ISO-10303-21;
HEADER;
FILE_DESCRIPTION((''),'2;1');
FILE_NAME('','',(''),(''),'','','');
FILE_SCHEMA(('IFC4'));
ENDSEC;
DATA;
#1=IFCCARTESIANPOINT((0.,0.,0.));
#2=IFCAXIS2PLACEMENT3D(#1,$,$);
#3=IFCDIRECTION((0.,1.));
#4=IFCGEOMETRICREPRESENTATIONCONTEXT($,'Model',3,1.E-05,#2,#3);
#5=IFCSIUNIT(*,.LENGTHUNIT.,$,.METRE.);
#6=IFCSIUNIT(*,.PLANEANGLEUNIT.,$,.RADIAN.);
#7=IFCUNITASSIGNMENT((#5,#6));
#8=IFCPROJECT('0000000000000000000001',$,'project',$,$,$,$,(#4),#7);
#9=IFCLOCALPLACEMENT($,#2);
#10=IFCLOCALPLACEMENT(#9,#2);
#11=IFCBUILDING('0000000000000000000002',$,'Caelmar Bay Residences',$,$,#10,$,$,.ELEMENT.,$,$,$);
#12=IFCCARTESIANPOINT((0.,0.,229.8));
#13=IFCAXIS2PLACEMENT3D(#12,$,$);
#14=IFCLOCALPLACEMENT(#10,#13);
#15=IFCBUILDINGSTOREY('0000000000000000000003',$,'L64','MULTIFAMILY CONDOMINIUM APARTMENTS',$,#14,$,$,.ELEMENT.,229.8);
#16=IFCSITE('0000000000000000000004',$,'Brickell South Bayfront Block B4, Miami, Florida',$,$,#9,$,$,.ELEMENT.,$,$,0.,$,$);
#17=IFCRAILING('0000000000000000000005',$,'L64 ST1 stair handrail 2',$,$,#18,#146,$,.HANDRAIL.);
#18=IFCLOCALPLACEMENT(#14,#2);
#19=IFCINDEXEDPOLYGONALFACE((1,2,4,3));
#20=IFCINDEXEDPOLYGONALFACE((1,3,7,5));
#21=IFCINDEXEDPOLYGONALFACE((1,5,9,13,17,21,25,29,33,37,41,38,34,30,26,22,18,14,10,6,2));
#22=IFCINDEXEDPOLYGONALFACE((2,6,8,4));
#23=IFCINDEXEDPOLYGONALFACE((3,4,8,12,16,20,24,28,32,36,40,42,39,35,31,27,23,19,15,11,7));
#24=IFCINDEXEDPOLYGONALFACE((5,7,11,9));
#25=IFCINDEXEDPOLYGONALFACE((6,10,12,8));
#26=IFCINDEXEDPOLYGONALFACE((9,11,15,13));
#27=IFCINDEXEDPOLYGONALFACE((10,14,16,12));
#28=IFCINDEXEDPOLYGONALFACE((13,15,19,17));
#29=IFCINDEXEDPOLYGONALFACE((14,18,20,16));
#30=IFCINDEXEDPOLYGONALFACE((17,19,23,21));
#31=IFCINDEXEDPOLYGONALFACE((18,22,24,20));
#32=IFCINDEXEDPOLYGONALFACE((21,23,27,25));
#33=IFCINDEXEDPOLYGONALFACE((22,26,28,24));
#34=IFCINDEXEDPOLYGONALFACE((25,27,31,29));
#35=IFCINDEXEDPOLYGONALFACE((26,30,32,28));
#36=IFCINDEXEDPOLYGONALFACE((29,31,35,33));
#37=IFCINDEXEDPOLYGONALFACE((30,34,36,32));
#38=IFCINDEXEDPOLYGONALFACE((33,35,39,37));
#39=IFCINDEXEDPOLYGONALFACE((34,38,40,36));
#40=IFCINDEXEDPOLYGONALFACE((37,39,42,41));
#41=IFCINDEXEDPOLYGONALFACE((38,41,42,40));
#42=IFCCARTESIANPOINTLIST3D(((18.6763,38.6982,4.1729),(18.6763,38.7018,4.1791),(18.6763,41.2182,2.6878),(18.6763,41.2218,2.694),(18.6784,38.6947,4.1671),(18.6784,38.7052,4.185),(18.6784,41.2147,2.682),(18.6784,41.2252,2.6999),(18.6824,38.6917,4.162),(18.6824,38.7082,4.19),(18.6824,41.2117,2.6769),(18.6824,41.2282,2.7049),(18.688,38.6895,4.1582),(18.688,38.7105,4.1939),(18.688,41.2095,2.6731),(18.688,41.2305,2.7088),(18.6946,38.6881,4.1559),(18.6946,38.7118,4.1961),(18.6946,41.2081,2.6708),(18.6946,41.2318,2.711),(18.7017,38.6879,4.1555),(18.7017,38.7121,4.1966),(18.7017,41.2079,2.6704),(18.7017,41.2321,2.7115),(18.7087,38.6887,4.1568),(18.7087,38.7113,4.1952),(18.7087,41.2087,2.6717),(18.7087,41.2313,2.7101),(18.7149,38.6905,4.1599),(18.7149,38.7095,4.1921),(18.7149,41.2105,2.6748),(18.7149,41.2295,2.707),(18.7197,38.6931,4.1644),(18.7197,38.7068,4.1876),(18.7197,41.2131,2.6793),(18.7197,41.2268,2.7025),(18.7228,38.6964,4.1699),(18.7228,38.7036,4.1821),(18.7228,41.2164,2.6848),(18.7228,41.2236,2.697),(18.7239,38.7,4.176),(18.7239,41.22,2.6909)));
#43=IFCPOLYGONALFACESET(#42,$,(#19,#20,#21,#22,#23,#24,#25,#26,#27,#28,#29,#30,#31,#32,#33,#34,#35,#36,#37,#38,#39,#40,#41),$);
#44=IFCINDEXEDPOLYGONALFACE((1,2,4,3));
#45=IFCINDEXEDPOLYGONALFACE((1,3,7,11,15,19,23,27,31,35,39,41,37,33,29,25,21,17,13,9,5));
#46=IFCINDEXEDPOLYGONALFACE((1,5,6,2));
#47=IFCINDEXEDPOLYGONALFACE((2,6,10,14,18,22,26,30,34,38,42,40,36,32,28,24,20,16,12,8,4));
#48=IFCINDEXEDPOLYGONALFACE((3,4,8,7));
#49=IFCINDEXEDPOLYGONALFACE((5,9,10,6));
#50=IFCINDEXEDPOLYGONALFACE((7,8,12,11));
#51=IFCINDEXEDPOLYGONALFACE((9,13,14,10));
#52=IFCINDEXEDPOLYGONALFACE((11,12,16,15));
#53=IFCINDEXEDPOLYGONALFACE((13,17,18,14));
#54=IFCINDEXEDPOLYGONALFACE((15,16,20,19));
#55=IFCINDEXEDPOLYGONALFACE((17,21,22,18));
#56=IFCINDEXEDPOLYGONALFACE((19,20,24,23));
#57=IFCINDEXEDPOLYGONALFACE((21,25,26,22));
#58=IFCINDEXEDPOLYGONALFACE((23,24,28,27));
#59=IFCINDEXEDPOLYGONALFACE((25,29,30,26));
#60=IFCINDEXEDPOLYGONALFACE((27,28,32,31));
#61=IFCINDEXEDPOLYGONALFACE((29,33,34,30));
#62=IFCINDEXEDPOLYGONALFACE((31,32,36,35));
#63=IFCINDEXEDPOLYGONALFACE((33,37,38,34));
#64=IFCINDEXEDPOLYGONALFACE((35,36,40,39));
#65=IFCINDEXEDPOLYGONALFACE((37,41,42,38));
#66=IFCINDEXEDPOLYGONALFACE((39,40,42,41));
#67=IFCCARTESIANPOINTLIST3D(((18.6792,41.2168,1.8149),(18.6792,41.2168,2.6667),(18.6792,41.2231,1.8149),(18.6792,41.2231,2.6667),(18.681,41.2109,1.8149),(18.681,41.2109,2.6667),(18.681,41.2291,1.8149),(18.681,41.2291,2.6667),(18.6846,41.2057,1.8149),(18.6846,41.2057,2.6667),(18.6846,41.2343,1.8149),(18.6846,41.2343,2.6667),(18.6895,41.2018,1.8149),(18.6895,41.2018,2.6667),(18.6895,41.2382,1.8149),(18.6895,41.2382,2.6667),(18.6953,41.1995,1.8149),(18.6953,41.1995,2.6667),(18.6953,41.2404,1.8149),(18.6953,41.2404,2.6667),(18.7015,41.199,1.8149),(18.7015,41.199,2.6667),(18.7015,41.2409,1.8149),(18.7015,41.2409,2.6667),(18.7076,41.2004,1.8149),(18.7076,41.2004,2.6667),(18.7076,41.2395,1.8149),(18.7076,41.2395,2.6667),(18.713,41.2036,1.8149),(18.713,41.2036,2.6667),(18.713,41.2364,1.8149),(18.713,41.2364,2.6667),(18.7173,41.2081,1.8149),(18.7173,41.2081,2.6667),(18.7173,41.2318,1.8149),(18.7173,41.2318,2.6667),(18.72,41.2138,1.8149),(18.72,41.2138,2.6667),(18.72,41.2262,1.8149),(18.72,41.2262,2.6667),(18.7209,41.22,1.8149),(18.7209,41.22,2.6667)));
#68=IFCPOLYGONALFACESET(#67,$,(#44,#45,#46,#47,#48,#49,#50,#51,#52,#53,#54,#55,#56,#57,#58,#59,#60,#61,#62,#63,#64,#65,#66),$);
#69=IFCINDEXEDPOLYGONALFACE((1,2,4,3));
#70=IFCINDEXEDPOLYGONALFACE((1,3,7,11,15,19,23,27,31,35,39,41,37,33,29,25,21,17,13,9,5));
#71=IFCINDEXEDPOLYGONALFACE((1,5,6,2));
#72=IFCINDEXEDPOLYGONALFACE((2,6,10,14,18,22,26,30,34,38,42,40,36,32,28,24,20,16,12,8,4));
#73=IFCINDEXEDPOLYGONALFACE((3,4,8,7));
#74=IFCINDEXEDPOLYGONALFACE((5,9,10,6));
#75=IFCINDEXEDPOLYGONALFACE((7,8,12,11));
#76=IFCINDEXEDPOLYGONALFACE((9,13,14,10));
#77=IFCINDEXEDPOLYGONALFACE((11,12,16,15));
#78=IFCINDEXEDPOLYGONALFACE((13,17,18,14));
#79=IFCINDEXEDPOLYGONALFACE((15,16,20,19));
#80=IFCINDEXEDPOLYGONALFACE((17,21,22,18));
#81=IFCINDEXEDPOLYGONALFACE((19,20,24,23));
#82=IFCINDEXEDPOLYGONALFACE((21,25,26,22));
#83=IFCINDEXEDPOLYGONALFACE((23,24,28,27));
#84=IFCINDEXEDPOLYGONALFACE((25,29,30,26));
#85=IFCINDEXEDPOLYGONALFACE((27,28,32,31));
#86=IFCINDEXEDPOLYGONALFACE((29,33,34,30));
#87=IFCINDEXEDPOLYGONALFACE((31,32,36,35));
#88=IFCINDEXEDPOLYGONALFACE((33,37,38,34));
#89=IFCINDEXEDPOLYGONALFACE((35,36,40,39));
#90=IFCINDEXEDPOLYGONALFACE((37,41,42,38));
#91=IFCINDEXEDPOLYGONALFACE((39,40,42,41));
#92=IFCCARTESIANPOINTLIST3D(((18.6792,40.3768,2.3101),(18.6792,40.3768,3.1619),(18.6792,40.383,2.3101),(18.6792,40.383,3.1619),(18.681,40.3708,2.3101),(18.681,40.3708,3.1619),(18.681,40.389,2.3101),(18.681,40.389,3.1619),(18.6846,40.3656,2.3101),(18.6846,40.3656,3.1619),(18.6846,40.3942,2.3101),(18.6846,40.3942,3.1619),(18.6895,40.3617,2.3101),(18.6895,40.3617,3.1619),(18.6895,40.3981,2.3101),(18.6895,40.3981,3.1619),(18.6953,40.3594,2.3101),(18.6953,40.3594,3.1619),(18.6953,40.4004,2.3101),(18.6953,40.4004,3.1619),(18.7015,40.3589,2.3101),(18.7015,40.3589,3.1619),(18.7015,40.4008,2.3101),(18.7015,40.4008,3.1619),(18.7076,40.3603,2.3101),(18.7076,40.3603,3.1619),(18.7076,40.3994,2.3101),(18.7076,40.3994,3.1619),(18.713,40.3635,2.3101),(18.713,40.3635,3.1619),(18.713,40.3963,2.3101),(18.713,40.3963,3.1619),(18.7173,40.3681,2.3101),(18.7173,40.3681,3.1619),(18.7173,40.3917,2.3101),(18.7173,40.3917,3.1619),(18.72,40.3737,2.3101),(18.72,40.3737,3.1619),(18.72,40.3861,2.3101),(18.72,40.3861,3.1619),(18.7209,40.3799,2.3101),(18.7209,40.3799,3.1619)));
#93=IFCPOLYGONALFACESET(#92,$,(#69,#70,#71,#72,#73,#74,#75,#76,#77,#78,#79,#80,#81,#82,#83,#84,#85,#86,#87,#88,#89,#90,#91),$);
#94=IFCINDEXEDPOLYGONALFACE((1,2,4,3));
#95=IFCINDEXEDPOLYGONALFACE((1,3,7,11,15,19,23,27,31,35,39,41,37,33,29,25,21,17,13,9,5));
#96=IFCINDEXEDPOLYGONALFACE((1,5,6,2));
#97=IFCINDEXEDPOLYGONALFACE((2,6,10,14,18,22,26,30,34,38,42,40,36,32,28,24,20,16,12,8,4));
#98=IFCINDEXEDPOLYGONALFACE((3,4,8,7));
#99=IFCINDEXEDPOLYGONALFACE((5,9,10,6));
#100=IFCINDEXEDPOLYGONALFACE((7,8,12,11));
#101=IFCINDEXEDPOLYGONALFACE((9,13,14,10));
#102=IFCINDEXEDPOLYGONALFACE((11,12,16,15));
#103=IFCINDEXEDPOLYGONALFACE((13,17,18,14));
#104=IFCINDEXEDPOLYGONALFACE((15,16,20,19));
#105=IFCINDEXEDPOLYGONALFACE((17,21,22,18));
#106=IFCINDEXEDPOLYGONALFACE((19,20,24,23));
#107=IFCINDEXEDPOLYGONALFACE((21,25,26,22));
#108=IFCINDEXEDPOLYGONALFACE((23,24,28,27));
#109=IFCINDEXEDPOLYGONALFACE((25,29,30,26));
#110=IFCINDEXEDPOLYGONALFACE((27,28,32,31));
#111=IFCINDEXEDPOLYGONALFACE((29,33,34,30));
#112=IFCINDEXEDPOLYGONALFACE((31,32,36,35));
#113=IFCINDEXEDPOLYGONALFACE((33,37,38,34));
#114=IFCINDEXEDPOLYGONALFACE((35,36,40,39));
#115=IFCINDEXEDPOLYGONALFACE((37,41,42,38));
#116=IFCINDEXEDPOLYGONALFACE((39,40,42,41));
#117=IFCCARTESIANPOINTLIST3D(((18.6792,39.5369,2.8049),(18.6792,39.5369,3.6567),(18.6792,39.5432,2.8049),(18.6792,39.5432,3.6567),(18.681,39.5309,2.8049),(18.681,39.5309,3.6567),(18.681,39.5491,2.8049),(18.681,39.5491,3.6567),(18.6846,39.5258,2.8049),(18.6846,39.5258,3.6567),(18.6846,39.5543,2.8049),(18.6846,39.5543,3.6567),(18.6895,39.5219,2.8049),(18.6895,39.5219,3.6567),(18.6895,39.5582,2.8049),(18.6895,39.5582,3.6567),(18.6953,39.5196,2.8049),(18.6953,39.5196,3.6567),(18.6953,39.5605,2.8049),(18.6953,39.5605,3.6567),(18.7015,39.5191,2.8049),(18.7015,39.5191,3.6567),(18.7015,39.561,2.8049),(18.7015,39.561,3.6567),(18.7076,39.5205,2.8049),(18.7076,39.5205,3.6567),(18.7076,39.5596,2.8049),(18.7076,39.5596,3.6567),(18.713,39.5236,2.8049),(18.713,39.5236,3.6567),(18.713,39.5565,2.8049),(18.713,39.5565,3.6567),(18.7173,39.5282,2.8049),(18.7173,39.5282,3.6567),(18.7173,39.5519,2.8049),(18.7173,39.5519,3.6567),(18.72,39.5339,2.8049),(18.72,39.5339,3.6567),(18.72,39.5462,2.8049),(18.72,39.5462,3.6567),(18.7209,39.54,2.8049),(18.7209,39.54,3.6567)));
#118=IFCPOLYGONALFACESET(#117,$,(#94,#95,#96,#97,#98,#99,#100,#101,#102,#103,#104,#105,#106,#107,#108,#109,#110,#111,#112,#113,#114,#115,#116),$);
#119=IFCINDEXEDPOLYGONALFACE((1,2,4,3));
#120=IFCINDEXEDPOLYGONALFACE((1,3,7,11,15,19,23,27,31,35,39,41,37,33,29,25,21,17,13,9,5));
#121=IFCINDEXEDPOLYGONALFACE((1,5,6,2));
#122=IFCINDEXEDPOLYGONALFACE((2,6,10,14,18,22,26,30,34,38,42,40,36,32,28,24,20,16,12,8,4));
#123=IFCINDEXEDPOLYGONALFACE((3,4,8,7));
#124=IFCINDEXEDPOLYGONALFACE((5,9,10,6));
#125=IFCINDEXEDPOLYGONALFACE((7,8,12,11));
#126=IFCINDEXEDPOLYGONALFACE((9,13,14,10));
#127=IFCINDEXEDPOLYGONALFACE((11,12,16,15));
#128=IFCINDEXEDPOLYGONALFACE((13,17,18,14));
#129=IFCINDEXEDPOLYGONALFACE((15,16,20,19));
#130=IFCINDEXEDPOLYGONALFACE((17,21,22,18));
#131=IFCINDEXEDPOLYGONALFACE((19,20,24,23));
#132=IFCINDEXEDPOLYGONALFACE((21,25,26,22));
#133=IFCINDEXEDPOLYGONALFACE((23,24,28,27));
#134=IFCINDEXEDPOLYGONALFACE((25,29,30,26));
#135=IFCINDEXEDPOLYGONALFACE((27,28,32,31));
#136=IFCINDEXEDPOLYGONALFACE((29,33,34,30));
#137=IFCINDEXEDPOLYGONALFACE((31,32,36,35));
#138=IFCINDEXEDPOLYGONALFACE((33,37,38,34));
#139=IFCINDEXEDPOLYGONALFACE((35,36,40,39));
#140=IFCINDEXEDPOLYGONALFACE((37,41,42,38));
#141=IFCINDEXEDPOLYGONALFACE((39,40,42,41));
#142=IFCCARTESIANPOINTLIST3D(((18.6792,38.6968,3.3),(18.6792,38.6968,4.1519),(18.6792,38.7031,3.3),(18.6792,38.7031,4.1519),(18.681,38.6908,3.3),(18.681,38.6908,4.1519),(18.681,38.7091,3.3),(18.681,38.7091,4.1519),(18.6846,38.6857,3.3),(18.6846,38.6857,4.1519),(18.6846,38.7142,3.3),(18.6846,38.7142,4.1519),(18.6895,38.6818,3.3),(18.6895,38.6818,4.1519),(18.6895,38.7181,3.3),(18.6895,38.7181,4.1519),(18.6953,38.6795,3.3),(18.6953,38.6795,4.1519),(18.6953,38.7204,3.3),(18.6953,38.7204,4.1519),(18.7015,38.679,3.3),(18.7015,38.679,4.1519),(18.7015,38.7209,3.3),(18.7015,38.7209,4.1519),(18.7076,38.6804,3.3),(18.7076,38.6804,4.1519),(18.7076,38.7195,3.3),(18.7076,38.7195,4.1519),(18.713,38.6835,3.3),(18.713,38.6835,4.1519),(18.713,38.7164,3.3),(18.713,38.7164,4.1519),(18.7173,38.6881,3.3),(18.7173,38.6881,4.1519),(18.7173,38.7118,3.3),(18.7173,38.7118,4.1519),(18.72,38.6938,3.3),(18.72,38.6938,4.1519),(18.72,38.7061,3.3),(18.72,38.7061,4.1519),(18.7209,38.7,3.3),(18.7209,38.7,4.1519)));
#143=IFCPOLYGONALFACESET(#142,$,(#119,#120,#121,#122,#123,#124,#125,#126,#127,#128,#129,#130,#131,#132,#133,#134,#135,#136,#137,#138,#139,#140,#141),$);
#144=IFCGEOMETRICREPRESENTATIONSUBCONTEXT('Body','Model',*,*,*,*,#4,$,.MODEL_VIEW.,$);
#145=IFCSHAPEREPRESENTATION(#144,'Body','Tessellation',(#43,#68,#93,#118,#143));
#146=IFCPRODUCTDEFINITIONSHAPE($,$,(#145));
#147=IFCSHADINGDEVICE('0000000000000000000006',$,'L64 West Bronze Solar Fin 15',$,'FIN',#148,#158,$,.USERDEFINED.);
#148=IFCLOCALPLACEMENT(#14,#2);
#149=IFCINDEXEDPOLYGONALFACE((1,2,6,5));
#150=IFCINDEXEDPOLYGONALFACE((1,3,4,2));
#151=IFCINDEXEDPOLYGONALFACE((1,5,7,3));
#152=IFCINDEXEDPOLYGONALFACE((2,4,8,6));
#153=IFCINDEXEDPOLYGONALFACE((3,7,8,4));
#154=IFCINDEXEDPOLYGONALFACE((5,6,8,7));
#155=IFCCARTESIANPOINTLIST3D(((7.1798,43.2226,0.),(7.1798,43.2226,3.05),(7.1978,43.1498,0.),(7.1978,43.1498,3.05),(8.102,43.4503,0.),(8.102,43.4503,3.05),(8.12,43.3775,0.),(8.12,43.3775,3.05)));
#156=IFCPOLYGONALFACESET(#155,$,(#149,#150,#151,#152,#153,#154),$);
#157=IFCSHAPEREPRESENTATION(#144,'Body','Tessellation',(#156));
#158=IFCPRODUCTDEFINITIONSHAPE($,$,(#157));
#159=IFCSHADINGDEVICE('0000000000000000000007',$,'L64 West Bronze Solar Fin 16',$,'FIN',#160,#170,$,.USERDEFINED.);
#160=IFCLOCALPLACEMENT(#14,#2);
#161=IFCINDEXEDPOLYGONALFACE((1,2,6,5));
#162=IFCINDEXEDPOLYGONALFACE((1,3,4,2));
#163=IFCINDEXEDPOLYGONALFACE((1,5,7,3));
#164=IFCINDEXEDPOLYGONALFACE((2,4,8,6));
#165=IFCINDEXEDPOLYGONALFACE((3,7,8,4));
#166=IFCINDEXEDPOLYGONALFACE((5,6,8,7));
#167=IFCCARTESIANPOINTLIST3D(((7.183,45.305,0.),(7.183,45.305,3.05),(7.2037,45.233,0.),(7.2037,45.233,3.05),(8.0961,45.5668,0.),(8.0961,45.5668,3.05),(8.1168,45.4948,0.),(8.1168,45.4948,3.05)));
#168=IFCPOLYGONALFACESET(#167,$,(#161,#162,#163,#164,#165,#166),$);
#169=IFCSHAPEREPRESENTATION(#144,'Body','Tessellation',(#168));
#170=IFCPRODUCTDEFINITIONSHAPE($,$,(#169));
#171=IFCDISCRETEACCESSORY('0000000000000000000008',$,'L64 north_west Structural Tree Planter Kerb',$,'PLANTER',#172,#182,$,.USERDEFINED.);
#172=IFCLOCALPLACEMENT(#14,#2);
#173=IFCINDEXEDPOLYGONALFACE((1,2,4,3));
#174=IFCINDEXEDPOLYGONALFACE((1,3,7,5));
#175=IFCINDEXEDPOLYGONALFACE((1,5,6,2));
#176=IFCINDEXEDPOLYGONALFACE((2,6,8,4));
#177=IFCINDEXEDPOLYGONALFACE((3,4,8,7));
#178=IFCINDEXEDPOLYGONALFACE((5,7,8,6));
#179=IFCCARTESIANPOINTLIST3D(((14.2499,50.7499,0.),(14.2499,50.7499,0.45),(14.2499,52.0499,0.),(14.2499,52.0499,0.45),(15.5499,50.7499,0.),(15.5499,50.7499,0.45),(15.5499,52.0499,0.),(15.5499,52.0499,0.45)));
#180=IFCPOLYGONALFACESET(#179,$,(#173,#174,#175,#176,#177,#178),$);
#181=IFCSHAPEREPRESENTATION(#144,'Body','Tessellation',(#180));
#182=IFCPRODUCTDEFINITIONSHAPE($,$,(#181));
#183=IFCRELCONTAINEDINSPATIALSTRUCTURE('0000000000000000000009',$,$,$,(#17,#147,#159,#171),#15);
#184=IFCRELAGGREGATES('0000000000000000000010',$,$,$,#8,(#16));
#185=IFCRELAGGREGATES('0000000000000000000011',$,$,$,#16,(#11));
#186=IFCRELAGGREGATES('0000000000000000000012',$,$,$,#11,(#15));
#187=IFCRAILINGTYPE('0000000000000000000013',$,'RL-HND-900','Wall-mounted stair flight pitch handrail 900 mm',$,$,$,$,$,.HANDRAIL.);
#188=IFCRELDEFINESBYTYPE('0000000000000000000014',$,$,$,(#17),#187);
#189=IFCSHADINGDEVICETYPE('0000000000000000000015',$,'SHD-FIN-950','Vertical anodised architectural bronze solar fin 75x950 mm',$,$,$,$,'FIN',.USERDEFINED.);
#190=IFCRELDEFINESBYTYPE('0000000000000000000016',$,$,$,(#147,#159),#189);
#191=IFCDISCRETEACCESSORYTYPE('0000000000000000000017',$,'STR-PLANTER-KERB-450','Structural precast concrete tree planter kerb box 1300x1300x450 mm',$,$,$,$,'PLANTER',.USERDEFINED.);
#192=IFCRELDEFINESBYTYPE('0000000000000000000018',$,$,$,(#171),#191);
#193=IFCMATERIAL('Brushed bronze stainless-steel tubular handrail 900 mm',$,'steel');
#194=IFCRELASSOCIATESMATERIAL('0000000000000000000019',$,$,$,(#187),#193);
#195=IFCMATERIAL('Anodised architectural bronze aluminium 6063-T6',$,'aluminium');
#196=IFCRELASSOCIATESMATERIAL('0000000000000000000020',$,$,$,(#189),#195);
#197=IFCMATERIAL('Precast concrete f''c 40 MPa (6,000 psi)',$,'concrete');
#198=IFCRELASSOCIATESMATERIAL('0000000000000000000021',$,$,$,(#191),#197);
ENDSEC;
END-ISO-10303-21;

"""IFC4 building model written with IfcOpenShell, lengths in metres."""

from ifc_helpers import new_model, si_unit, direction, frame, origin, origin_2d, place, context, subcontext, project, spatial, rectangle, circle, extrude, material, material_profile, profile_set, type_object, element, save


model = new_model("IFC4")

# Units and contexts
model_context = context("Model", 3, precision=1e-05, world=origin(), true_north=direction((0.0, 1.0)))
body_context = subcontext(model_context, "Body", "Model", "MODEL_VIEW")
ifc_project = project(units=[si_unit("LENGTHUNIT", "METRE"), si_unit("PLANEANGLEUNIT", "RADIAN")], contexts=[model_context])

# Site, building, storey
site_placement = place(None, origin())
site = spatial("IfcSite", under=ifc_project, at=site_placement, Name="Brickell South Bayfront Block B4, Miami, Florida", CompositionType="ELEMENT", RefElevation=0.0)
building_placement = place(site_placement, origin())
building = spatial("IfcBuilding", under=site, at=building_placement, Name="Caelmar Bay Residences", CompositionType="ELEMENT")
storey_placement = place(building_placement, frame((0.0, 0.0, 229.8)))
storey = spatial("IfcBuildingStorey", under=building, at=storey_placement, Name="L64", Description="MULTIFAMILY CONDOMINIUM APARTMENTS", CompositionType="ELEMENT", Elevation=229.8)

# Shared definitions
ifc_material_1 = material(Name="Precast concrete f'c 40 MPa (6,000 psi)", Category="concrete")

# Railing
ifc_material_2 = material(Name="Brushed bronze stainless-steel tubular handrail 900 mm", Category="steel")
railing_type_1 = type_object("IfcRailingType", Name="RL-HND-900", Description="Wall-mounted stair flight pitch handrail 900 mm", PredefinedType="HANDRAIL", material=ifc_material_2)
railing_1_placement = place(storey_placement, frame((18.7, 41.22, 1.8149)))
element("IfcRailing", 1, at=railing_1_placement, inside=storey, type_object=railing_type_1, Name="L64 ST1 stair handrail 2", PredefinedType="HANDRAIL", context=body_context, shape_type="SweptSolid", body=[
    extrude(circle(Radius=0.0239, at=origin_2d()), frame((0.0, 0.0, 0.876), z_axis=(0.0, -0.861524, 0.507717), x_axis=(1.0, 0.0, 0.0)), (0.0, 0.0, 1.0), 2.925),
    extrude(circle(Radius=0.021, at=origin_2d()), origin(), (0.0, 0.0, 1.0), 0.8518),
    extrude(circle(Radius=0.021, at=origin_2d()), frame((0.0, -0.8401, 0.4951)), (0.0, 0.0, 1.0), 0.8518),
    extrude(circle(Radius=0.021, at=origin_2d()), frame((0.0, -1.6799, 0.99)), (0.0, 0.0, 1.0), 0.8518),
    extrude(circle(Radius=0.021, at=origin_2d()), frame((0.0, -2.52, 1.4851)), (0.0, 0.0, 1.0), 0.8518),
])

# Shading devices
ifc_material_3 = material(Name="Anodised architectural bronze aluminium 6063-T6", Category="aluminium")
ifc_material_profile_1 = material_profile(ifc_material_3, rectangle(XDim=0.075, YDim=0.95, at=origin_2d()), Name="BRONZE-FIN-75X950")
ifc_profile_set_1 = profile_set([ifc_material_profile_1], Name="Anodised architectural bronze aluminium 6063-T6")
shading_device_type = type_object("IfcShadingDeviceType", Name="SHD-FIN-950", Description="Vertical anodised architectural bronze solar fin 75x950 mm", ElementType="FIN", PredefinedType="USERDEFINED", material=ifc_profile_set_1)
for number, where, z_axis, x_axis, name in (
    (2, (7.6499, 43.3, 0.0), (0.0, 0.0, 1.0), (-0.23972, 0.970842, 0.0), "L64 West Bronze Solar Fin 15"),
    (3, (7.6499, 45.3999, 0.0), (0.0, 0.0, 1.0), (-0.275637, 0.961262, 0.0), "L64 West Bronze Solar Fin 16"),
):
    element("IfcShadingDevice", number, at=place(storey_placement, frame(where, z_axis=z_axis, x_axis=x_axis)), inside=storey, type_object=shading_device_type, Name=name, ObjectType="FIN", PredefinedType="USERDEFINED", context=body_context, shape_type="SweptSolid", body=[
        extrude(rectangle(XDim=0.075, YDim=0.95, at=origin_2d()), origin(), (0.0, 0.0, 1.0), 3.05),
    ])

# Discrete accessory
discrete_accessory_type = type_object("IfcDiscreteAccessoryType", Name="STR-PLANTER-KERB-450", Description="Structural precast concrete tree planter kerb box 1300x1300x450 mm", ElementType="PLANTER", PredefinedType="USERDEFINED", material=ifc_material_1)
discrete_accessory_placement = place(storey_placement, frame((14.8999, 51.3999, 0.0), z_axis=(0.0, 0.0, 1.0), x_axis=(1.0, 0.0, 0.0)))
element("IfcDiscreteAccessory", 4, at=discrete_accessory_placement, inside=storey, type_object=discrete_accessory_type, Name="L64 north_west Structural Tree Planter Kerb", ObjectType="PLANTER", PredefinedType="USERDEFINED", context=body_context, shape_type="SweptSolid", body=[
    extrude(rectangle(XDim=1.3, YDim=1.3, at=origin_2d()), origin(), (0.0, 0.0, 1.0), 0.45),
])

save(model, "model.ifc")
